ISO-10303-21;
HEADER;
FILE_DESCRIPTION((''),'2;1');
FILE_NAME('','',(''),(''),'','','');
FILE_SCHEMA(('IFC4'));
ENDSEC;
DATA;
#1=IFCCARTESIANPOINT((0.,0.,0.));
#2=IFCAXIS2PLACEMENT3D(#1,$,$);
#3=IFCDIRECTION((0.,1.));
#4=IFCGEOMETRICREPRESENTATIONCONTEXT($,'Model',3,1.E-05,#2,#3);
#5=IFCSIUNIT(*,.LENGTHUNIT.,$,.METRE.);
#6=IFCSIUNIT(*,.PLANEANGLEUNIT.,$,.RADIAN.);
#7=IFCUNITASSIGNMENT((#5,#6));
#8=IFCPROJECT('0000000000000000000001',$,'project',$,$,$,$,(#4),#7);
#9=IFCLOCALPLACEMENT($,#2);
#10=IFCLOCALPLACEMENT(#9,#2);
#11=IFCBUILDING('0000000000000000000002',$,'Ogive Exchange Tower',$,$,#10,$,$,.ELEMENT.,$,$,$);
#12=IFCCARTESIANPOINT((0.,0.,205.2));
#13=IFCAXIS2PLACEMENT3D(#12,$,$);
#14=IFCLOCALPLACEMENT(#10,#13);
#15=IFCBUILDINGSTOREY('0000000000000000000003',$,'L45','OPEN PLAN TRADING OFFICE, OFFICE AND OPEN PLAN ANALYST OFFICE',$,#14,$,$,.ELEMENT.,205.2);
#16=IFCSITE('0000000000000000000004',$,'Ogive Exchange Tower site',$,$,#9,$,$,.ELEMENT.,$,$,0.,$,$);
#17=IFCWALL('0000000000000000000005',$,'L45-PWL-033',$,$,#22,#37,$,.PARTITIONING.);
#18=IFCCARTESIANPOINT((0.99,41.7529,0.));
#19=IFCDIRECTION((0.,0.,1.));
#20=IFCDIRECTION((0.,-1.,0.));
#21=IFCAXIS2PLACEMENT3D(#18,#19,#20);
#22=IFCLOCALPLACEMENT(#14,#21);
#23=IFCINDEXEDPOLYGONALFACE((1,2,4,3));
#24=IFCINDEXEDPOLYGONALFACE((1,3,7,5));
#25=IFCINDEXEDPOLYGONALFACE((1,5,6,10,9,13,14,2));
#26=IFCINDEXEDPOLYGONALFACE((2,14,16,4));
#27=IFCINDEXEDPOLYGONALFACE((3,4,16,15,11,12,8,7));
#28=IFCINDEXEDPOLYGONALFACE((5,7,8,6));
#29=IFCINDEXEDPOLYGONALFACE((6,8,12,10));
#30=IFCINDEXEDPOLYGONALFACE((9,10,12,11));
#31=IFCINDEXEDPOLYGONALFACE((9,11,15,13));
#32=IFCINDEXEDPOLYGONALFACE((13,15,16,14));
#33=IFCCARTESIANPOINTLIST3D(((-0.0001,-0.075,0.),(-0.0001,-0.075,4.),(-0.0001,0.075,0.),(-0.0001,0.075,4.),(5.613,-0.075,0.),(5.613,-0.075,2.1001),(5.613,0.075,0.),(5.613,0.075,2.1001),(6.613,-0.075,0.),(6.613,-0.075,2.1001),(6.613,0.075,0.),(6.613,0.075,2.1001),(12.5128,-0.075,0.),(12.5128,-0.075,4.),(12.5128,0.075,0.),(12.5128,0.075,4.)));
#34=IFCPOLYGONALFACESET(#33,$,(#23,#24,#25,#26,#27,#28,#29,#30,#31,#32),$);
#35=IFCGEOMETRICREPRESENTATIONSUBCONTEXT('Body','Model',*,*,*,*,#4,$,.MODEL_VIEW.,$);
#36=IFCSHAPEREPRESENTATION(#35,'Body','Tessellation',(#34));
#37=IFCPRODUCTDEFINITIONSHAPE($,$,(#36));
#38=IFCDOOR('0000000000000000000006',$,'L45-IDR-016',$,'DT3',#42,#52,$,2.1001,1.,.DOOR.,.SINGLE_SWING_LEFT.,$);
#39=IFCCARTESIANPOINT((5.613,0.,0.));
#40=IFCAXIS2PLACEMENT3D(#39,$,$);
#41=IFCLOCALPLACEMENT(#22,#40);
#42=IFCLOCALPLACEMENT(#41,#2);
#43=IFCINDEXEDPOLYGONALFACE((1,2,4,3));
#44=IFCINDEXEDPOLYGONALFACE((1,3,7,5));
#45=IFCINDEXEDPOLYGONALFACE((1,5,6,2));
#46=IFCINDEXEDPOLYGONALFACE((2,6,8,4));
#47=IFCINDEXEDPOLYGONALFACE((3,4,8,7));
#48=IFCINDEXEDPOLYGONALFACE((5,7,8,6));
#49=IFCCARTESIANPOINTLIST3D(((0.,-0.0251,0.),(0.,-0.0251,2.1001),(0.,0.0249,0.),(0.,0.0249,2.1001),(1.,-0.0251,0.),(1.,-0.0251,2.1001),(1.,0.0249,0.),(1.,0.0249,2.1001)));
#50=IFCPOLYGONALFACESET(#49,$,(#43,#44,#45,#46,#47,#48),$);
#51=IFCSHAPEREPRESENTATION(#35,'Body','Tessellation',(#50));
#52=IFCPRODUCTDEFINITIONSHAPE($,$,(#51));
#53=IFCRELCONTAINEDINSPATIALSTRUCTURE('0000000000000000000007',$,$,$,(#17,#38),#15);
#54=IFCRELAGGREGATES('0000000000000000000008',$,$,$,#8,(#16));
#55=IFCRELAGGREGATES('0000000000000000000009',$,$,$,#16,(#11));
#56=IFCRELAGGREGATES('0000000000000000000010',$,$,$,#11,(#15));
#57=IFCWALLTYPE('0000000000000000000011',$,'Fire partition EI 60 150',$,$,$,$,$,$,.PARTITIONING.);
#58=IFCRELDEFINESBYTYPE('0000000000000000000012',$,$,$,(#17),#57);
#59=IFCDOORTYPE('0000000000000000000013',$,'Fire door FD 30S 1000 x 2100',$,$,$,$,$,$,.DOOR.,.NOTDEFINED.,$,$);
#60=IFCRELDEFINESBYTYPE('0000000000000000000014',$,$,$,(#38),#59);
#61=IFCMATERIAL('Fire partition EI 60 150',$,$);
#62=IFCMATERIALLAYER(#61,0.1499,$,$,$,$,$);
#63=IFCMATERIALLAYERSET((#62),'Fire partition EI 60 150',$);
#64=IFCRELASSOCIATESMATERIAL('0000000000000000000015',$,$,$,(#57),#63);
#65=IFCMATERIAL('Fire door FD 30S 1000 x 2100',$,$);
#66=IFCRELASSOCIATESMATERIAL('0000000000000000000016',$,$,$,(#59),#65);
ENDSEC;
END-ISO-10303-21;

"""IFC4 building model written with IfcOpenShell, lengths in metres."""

from ifc_helpers import new_model, si_unit, direction, frame, frame_2d, origin, place, context, subcontext, project, spatial, rectangle, extrude, material, layer, layer_set, type_object, element, fill, save


model = new_model("IFC4")

# Units and contexts
model_context = context("Model", 3, precision=1e-05, world=origin(), true_north=direction((0.0, 1.0)))
body_context = subcontext(model_context, "Body", "Model", "MODEL_VIEW")
ifc_project = project(units=[si_unit("LENGTHUNIT", "METRE"), si_unit("PLANEANGLEUNIT", "RADIAN")], contexts=[model_context])

# Site, building, storey
site_placement = place(None, origin())
site = spatial("IfcSite", under=ifc_project, at=site_placement, Name="Ogive Exchange Tower site", CompositionType="ELEMENT", RefElevation=0.0)
building_placement = place(site_placement, origin())
building = spatial("IfcBuilding", under=site, at=building_placement, Name="Ogive Exchange Tower", CompositionType="ELEMENT")
storey_placement = place(building_placement, frame((0.0, 0.0, 205.2)))
storey = spatial("IfcBuildingStorey", under=building, at=storey_placement, Name="L45", Description="OPEN PLAN TRADING OFFICE, OFFICE AND OPEN PLAN ANALYST OFFICE", CompositionType="ELEMENT", Elevation=205.2)

# Wall, opening, door
ifc_material_1 = material(Name="Fire partition EI 60 150")
ifc_layer_1 = layer(ifc_material_1, 0.1499)
ifc_layer_set_1 = layer_set([ifc_layer_1], Name="Fire partition EI 60 150")
wall_type_1 = type_object("IfcWallType", Name="Fire partition EI 60 150", PredefinedType="PARTITIONING", material=ifc_layer_set_1)
ifc_material_2 = material(Name="Fire door FD 30S 1000 x 2100")
door_type_1 = type_object("IfcDoorType", Name="Fire door FD 30S 1000 x 2100", OperationType="NOTDEFINED", PredefinedType="DOOR", material=ifc_material_2)
wall_1_placement = place(storey_placement, frame((0.99, 41.7529, 0.0), z_axis=(0.0, 0.0, 1.0), x_axis=(0.0, -1.0, 0.0)))
wall_1 = element("IfcWall", 1, at=wall_1_placement, inside=storey, type_object=wall_type_1, Name="L45-PWL-033", PredefinedType="PARTITIONING", context=body_context, shape_type="SweptSolid", body=[
    extrude(rectangle(XDim=12.5129, YDim=0.1499, at=frame_2d((6.2563, 0.0))), origin(), (0.0, 0.0, 1.0), 4.0),
])
opening_1_placement = place(wall_1_placement, frame((5.613, 0.0, 0.0)))
opening_1 = element("IfcOpeningElement", 2, at=opening_1_placement, cuts=wall_1, PredefinedType="OPENING", context=body_context, shape_type="SweptSolid", body=[
    extrude(rectangle(XDim=1.0, YDim=2.1001, at=frame_2d((0.5, 1.05))), frame((0.0, 0.085, 0.0), z_axis=(0.0, -1.0, 0.0), x_axis=(1.0, 0.0, 0.0)), (0.0, 0.0, 1.0), 0.1699),
])
door_1_placement = place(opening_1_placement, origin())
door_1 = element("IfcDoor", 3, at=door_1_placement, inside=storey, type_object=door_type_1, Name="L45-IDR-016", ObjectType="DT3", OperationType="SINGLE_SWING_LEFT", OverallHeight=2.1001, OverallWidth=1.0, PredefinedType="DOOR", context=body_context, shape_type="SweptSolid", body=[
    extrude(rectangle(XDim=1.0, YDim=2.1001, at=frame_2d((0.5, 1.05))), frame((0.0, 0.0249, 0.0), z_axis=(0.0, -1.0, 0.0), x_axis=(1.0, 0.0, 0.0)), (0.0, 0.0, 1.0), 0.05),
])
fill(opening_1, door_1)

save(model, "model.ifc")
